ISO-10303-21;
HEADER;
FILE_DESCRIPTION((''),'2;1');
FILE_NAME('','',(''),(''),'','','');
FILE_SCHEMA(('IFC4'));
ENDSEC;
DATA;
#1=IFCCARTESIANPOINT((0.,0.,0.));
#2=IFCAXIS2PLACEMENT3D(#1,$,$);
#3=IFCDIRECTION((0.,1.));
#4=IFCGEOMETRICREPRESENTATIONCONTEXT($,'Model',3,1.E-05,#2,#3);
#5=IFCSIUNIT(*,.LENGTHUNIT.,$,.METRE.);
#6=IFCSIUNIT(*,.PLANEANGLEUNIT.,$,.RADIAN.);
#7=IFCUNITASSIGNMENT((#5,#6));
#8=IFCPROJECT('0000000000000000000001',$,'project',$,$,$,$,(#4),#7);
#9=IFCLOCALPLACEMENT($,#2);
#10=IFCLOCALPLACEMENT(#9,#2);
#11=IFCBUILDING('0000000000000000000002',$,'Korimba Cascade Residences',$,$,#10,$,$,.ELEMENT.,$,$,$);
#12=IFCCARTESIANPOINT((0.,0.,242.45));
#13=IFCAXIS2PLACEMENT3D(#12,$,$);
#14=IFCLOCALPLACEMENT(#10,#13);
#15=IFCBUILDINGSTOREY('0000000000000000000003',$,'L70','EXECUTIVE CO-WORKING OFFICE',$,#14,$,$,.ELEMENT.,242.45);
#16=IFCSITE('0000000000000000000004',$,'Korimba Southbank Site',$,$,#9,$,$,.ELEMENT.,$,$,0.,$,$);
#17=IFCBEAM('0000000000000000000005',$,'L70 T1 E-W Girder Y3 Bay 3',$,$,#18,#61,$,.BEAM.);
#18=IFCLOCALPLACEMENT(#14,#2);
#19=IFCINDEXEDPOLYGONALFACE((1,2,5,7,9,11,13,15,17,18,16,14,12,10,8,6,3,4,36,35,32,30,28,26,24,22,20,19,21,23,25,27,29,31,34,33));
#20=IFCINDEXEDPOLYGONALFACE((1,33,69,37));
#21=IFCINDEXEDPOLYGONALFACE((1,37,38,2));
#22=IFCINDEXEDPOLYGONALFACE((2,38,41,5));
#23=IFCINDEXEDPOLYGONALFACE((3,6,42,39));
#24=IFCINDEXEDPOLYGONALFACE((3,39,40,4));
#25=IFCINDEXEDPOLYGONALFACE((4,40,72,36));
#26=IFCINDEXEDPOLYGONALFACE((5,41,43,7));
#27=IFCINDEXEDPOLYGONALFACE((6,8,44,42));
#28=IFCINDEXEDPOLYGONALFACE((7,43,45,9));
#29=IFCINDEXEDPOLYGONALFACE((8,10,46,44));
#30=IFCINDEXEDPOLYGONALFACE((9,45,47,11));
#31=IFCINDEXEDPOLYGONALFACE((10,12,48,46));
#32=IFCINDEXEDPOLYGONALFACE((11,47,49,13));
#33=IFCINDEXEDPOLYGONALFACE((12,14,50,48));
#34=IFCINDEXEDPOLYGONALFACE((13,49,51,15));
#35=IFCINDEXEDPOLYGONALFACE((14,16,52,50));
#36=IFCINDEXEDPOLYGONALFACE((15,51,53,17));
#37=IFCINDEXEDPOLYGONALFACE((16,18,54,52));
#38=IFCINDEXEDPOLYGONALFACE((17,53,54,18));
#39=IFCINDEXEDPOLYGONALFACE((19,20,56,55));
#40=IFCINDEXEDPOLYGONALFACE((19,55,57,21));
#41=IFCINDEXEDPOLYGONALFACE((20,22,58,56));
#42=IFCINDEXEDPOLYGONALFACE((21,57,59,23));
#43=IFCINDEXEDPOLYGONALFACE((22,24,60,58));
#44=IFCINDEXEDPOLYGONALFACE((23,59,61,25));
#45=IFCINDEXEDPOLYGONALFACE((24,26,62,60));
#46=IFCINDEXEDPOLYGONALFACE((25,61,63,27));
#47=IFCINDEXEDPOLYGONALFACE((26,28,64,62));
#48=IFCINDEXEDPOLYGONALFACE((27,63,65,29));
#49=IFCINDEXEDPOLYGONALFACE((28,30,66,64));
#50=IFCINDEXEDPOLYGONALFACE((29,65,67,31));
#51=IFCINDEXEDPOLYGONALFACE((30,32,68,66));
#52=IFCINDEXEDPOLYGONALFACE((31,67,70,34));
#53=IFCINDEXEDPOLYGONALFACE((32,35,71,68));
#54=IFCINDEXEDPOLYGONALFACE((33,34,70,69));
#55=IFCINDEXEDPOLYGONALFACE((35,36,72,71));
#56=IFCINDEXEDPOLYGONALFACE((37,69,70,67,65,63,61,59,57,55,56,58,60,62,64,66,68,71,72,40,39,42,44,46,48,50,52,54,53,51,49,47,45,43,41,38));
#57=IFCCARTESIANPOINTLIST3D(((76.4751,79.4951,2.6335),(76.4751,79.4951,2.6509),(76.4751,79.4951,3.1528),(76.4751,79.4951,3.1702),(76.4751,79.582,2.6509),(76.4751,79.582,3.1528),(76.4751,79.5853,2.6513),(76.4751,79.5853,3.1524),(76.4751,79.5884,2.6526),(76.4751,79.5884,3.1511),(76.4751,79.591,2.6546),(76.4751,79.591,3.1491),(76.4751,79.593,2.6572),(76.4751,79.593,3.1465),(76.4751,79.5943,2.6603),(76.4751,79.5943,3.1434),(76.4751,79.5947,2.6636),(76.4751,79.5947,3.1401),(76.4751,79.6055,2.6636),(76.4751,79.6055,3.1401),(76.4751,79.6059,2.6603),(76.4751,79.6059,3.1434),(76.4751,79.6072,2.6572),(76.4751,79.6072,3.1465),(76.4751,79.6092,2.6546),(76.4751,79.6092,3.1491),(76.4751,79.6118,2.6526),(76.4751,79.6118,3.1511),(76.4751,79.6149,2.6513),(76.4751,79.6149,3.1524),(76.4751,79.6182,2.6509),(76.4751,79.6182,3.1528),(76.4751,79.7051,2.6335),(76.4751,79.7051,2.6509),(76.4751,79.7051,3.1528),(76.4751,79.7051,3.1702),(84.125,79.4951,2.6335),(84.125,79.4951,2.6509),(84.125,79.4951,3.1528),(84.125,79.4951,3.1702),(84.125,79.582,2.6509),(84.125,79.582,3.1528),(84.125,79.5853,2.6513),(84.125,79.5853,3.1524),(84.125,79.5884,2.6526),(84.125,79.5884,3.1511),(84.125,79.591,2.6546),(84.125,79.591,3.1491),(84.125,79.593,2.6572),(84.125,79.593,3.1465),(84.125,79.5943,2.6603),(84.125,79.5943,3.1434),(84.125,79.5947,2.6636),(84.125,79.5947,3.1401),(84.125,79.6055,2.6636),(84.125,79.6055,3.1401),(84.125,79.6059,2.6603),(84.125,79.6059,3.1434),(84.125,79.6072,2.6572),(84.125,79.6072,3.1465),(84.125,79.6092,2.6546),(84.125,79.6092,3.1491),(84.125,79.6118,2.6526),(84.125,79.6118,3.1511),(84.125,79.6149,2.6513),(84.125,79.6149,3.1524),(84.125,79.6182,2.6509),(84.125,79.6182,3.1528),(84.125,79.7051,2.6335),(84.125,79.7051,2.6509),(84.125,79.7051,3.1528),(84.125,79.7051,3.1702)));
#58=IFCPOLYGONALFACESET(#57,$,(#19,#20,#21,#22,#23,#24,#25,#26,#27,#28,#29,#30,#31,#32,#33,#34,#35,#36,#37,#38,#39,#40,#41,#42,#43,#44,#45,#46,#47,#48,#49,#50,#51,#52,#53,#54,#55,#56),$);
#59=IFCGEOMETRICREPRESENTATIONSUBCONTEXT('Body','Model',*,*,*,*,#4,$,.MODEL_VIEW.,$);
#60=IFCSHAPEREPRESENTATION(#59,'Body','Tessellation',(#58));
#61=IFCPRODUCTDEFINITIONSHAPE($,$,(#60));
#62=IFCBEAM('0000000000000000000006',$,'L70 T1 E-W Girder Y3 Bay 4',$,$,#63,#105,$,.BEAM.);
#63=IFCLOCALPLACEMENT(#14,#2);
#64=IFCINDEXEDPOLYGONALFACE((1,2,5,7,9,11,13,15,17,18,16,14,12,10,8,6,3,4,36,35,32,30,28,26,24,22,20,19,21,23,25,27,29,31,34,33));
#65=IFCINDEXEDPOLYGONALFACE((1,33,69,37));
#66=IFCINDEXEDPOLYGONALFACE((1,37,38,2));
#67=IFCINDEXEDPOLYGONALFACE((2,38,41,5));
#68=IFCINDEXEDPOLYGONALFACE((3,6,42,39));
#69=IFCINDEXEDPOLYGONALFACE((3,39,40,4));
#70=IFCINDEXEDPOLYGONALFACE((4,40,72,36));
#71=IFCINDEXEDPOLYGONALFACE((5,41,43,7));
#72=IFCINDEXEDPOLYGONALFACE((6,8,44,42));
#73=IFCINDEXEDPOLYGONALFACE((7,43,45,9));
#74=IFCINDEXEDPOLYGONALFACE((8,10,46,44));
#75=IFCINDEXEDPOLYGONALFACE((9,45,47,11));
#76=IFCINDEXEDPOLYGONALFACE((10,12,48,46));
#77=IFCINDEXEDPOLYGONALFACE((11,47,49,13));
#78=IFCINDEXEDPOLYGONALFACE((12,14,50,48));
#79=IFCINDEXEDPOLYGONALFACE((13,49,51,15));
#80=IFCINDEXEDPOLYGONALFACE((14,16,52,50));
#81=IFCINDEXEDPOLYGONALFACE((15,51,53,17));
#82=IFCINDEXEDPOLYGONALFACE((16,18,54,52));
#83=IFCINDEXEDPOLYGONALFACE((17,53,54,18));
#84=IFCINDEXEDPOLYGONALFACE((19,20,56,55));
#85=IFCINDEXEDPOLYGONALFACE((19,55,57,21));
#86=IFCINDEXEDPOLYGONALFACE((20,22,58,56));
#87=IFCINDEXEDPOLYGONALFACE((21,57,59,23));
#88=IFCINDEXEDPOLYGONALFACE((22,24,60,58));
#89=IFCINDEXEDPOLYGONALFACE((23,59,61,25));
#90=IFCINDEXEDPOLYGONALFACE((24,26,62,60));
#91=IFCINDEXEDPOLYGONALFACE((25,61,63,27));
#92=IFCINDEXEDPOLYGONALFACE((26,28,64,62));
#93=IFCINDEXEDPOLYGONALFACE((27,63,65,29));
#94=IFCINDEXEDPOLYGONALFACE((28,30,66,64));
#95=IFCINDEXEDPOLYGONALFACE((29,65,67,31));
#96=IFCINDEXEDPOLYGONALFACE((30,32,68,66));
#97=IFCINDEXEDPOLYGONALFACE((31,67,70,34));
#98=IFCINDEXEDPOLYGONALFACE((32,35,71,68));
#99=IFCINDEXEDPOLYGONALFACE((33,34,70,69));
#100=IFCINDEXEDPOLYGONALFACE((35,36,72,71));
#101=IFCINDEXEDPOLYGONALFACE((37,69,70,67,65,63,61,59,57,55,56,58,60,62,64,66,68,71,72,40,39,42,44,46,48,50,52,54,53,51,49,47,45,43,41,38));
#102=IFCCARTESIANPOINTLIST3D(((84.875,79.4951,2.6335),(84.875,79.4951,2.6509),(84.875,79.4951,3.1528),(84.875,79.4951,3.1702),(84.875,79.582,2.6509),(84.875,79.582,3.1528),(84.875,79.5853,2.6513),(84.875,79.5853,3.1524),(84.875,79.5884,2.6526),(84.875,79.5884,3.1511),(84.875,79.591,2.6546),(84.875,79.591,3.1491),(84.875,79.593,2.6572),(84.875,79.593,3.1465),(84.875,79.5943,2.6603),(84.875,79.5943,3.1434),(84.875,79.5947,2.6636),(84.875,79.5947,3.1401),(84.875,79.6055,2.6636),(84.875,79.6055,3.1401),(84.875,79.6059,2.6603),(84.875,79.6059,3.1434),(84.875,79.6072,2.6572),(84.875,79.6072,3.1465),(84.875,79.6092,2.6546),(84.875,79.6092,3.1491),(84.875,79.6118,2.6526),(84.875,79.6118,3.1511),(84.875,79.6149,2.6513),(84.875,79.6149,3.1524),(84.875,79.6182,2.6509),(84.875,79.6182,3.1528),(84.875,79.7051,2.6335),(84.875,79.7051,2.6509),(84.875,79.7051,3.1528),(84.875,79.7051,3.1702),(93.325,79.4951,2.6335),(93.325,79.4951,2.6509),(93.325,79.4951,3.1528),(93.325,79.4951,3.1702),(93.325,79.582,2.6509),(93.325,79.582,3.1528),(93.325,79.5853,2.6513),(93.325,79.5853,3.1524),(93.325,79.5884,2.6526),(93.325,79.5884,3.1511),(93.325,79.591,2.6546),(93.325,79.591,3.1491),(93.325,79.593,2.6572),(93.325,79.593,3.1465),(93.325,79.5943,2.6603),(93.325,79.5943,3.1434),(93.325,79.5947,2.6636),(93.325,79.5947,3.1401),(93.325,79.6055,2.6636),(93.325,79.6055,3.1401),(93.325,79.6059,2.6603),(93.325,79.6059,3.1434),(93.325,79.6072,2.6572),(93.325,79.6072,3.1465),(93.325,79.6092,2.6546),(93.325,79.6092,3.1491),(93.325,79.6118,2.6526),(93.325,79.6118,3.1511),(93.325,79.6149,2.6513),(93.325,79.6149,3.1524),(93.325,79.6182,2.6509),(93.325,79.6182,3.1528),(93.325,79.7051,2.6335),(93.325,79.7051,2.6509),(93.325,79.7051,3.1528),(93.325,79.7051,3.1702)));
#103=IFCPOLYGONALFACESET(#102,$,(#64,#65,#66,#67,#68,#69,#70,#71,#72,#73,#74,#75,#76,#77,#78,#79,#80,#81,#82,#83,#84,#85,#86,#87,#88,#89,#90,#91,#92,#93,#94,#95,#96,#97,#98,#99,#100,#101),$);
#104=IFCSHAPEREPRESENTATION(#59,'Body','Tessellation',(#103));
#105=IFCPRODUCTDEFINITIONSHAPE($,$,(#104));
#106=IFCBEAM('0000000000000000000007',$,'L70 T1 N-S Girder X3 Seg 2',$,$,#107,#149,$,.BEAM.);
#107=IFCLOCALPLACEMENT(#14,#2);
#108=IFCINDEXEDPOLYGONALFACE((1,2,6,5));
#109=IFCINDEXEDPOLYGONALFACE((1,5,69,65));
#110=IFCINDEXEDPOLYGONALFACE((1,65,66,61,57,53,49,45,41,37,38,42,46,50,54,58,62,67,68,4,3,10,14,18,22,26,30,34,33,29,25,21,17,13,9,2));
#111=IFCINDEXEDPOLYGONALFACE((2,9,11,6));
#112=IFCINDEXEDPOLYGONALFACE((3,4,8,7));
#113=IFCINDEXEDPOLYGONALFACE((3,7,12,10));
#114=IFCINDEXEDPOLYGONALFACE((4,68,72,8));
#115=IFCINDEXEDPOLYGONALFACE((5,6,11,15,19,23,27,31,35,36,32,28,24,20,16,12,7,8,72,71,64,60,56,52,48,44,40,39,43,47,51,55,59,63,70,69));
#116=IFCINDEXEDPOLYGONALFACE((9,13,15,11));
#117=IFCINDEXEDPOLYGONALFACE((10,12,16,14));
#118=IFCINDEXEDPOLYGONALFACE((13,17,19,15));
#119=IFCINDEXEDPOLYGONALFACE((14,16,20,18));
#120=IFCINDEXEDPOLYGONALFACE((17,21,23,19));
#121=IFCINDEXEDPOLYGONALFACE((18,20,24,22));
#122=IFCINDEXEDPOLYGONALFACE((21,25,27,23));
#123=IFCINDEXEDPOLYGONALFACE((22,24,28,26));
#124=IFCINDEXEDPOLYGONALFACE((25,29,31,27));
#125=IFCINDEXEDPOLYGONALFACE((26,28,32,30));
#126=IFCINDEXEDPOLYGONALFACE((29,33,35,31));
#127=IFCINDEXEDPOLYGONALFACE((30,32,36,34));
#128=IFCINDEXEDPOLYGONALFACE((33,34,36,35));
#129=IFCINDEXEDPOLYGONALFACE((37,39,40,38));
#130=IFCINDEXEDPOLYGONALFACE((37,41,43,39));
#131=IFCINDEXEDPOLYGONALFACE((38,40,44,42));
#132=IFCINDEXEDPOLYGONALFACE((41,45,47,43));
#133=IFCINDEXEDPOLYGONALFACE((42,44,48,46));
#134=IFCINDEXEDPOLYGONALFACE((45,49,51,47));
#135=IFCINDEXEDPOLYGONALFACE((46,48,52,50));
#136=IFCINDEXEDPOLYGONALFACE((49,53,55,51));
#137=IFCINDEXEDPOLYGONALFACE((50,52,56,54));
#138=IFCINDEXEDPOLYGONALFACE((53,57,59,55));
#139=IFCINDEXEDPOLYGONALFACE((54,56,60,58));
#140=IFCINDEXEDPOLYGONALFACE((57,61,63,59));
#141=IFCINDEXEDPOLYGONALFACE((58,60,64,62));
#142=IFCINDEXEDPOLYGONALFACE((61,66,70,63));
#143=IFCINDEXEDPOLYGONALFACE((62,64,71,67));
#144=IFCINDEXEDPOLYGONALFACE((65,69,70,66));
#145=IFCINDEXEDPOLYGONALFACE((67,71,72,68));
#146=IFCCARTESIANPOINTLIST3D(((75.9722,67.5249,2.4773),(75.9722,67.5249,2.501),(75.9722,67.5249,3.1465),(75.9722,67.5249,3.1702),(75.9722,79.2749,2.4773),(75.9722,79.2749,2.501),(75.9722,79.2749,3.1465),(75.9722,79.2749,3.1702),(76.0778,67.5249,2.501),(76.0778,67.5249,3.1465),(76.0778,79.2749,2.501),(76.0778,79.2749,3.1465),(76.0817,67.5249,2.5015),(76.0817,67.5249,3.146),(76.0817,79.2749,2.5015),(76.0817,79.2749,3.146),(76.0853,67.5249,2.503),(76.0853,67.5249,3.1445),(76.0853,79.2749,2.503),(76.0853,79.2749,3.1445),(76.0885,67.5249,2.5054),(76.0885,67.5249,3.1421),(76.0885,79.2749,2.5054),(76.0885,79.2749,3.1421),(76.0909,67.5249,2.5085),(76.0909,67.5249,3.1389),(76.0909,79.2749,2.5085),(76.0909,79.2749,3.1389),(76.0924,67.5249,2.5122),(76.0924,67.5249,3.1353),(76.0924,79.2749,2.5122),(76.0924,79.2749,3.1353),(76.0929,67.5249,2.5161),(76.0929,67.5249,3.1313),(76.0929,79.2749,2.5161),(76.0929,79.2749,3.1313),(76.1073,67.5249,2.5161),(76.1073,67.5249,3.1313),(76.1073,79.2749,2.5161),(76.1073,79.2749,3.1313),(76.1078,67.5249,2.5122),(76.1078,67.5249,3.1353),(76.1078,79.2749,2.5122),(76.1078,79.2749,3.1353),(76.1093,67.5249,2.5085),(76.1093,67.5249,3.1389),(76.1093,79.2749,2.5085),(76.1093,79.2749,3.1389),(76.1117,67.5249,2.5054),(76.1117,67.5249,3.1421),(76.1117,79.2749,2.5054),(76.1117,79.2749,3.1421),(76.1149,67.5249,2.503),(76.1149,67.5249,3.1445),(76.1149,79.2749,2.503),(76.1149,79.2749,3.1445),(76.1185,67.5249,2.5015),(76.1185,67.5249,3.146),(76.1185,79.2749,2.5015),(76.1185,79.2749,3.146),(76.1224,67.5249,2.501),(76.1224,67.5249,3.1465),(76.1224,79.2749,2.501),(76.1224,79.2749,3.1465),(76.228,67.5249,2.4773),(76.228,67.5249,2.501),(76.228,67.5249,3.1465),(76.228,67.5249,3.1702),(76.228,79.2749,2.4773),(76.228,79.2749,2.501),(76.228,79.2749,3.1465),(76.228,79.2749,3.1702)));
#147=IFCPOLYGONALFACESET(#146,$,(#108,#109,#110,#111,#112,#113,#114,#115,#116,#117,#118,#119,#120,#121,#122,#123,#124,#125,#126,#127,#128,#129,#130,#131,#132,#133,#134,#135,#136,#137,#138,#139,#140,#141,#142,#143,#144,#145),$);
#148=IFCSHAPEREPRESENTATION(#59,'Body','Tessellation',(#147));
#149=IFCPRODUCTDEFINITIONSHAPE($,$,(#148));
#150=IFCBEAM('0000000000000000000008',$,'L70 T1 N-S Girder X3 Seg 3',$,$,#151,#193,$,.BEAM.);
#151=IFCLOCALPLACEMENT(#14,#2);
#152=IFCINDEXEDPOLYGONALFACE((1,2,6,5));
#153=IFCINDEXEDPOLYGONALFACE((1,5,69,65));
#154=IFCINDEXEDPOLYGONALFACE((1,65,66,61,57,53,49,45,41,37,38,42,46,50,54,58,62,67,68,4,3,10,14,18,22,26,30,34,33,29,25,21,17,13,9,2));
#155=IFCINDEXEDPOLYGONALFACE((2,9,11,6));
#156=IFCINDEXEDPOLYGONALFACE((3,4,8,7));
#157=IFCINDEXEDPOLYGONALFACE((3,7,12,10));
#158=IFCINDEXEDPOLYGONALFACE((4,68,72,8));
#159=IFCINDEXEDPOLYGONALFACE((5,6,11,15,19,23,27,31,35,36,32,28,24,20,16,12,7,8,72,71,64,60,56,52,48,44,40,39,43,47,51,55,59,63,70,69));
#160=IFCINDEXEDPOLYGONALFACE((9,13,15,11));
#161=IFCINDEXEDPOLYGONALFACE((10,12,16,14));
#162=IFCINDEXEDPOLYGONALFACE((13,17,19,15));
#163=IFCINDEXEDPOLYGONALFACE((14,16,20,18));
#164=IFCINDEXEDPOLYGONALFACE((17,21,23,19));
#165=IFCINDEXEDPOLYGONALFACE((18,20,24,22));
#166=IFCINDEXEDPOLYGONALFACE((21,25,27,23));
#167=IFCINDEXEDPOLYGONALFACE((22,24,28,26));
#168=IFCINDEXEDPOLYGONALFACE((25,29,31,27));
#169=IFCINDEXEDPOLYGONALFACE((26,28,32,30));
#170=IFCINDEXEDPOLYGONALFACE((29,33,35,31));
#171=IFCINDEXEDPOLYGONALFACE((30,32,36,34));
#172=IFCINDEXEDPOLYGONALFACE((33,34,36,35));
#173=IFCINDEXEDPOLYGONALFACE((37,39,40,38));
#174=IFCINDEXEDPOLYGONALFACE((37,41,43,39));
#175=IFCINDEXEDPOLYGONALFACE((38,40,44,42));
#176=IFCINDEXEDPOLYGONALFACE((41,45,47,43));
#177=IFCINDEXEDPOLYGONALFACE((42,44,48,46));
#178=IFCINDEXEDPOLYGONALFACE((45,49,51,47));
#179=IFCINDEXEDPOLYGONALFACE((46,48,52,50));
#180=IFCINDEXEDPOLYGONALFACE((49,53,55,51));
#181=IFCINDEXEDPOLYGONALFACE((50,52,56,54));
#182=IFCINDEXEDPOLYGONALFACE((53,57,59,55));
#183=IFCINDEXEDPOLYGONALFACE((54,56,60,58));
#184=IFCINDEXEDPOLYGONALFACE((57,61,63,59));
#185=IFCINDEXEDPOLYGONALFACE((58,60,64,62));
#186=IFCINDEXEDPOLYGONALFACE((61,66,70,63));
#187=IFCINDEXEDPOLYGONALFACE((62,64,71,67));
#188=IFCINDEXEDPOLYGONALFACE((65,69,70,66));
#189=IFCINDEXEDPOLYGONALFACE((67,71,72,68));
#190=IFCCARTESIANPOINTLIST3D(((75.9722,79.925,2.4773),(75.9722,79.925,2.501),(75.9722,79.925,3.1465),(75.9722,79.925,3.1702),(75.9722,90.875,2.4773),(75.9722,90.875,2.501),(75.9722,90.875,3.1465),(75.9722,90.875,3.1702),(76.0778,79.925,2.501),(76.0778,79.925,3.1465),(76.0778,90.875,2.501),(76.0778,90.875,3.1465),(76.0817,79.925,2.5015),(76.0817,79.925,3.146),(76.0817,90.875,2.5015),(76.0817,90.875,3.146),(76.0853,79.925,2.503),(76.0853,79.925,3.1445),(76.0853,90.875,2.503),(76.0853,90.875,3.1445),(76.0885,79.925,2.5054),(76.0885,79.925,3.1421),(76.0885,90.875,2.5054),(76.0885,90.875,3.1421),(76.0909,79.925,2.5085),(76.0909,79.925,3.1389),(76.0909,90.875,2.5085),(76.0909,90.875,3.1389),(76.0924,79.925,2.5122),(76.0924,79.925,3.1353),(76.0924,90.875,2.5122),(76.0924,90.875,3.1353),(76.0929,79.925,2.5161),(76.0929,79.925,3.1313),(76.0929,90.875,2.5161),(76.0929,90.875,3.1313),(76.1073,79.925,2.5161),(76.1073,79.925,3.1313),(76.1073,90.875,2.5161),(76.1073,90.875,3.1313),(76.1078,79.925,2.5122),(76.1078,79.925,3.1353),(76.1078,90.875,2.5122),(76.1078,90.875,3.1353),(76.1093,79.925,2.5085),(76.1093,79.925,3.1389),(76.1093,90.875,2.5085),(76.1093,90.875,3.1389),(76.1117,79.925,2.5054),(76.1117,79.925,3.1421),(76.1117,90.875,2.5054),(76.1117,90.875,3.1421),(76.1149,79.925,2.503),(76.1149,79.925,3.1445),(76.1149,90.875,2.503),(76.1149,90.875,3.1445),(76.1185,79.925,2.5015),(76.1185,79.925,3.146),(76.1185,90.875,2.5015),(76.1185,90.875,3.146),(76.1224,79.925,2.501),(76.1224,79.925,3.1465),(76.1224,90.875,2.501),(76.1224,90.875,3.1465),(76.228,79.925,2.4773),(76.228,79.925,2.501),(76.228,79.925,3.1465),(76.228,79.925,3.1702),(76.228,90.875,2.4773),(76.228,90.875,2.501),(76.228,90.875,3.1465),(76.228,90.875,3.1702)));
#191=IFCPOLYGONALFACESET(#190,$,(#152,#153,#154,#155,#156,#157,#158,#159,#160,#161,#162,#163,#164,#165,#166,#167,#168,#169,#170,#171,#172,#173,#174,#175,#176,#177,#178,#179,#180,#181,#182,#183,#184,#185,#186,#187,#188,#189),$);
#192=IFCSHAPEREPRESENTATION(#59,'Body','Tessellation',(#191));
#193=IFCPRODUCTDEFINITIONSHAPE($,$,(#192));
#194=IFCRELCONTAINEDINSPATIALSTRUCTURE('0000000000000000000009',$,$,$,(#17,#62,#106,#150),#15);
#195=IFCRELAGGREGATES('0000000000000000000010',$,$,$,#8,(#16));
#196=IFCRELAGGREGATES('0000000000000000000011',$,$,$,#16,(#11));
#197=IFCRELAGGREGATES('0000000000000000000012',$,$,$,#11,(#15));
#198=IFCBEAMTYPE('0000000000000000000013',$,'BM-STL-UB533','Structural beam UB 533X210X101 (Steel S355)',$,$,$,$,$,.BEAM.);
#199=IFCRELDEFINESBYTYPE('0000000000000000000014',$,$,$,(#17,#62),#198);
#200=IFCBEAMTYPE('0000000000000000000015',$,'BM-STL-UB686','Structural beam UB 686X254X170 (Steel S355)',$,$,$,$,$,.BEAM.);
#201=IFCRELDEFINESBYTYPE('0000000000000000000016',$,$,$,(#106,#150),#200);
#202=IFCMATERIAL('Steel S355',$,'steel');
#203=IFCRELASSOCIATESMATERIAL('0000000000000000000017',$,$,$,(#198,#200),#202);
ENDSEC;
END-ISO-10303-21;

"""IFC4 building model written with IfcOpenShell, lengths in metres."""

from ifc_helpers import new_model, si_unit, direction, frame, origin, origin_2d, place, context, subcontext, project, spatial, i_section, extrude, material, material_profile, profile_set, type_object, element, save


model = new_model("IFC4")

# Units and contexts
model_context = context("Model", 3, precision=1e-05, world=origin(), true_north=direction((0.0, 1.0)))
body_context = subcontext(model_context, "Body", "Model", "MODEL_VIEW")
ifc_project = project(units=[si_unit("LENGTHUNIT", "METRE"), si_unit("PLANEANGLEUNIT", "RADIAN")], contexts=[model_context])

# Site, building, storey
site_placement = place(None, origin())
site = spatial("IfcSite", under=ifc_project, at=site_placement, Name="Korimba Southbank Site", CompositionType="ELEMENT", RefElevation=0.0)
building_placement = place(site_placement, origin())
building = spatial("IfcBuilding", under=site, at=building_placement, Name="Korimba Cascade Residences", CompositionType="ELEMENT")
storey_placement = place(building_placement, frame((0.0, 0.0, 242.45)))
storey = spatial("IfcBuildingStorey", under=building, at=storey_placement, Name="L70", Description="EXECUTIVE CO-WORKING OFFICE", CompositionType="ELEMENT", Elevation=242.45)

# Beams
ifc_material_1 = material(Name="Steel S355", Category="steel")
ifc_material_profile_1 = material_profile(ifc_material_1, i_section(OverallWidth=0.21, OverallDepth=0.5366, WebThickness=0.0107, FlangeThickness=0.0173, FilletRadius=0.0127, at=origin_2d()), Name="Steel S355")
ifc_profile_set_1 = profile_set([ifc_material_profile_1], Name="Steel S355")
beam_type_1 = type_object("IfcBeamType", Name="BM-STL-UB533", Description="Structural beam UB 533X210X101 (Steel S355)", PredefinedType="BEAM", material=ifc_profile_set_1)
beam_1_placement = place(storey_placement, frame((76.4751, 79.6001, 2.9019), z_axis=(1.0, 0.0, 0.0), x_axis=(0.0, 1.0, 0.0)))
element("IfcBeam", 1, at=beam_1_placement, inside=storey, type_object=beam_type_1, Name="L70 T1 E-W Girder Y3 Bay 3", PredefinedType="BEAM", context=body_context, shape_type="SweptSolid", body=[
    extrude(i_section(OverallWidth=0.21, OverallDepth=0.5366, WebThickness=0.0107, FlangeThickness=0.0173, FilletRadius=0.0127, at=origin_2d()), origin(), (0.0, 0.0, 1.0), 7.6499),
])
beam_2_placement = place(storey_placement, frame((84.875, 79.6001, 2.9019), z_axis=(1.0, 0.0, 0.0), x_axis=(0.0, 1.0, 0.0)))
element("IfcBeam", 2, at=beam_2_placement, inside=storey, type_object=beam_type_1, Name="L70 T1 E-W Girder Y3 Bay 4", PredefinedType="BEAM", context=body_context, shape_type="SweptSolid", body=[
    extrude(i_section(OverallWidth=0.21, OverallDepth=0.5366, WebThickness=0.0107, FlangeThickness=0.0173, FilletRadius=0.0127, at=origin_2d()), origin(), (0.0, 0.0, 1.0), 8.45),
])
ifc_material_profile_2 = material_profile(ifc_material_1, i_section(OverallWidth=0.2559, OverallDepth=0.6929, WebThickness=0.0144, FlangeThickness=0.0237, FilletRadius=0.0151, at=origin_2d()), Name="Steel S355")
ifc_profile_set_2 = profile_set([ifc_material_profile_2], Name="Steel S355")
beam_type_2 = type_object("IfcBeamType", Name="BM-STL-UB686", Description="Structural beam UB 686X254X170 (Steel S355)", PredefinedType="BEAM", material=ifc_profile_set_2)
beam_3_placement = place(storey_placement, frame((76.1001, 67.5249, 2.8237), z_axis=(0.0, 1.0, 0.0), x_axis=(-1.0, 0.0, 0.0)))
element("IfcBeam", 3, at=beam_3_placement, inside=storey, type_object=beam_type_2, Name="L70 T1 N-S Girder X3 Seg 2", PredefinedType="BEAM", context=body_context, shape_type="SweptSolid", body=[
    extrude(i_section(OverallWidth=0.2559, OverallDepth=0.6929, WebThickness=0.0144, FlangeThickness=0.0237, FilletRadius=0.0151, at=origin_2d()), origin(), (0.0, 0.0, 1.0), 11.75),
])
beam_4_placement = place(storey_placement, frame((76.1001, 79.925, 2.8237), z_axis=(0.0, 1.0, 0.0), x_axis=(-1.0, 0.0, 0.0)))
element("IfcBeam", 4, at=beam_4_placement, inside=storey, type_object=beam_type_2, Name="L70 T1 N-S Girder X3 Seg 3", PredefinedType="BEAM", context=body_context, shape_type="SweptSolid", body=[
    extrude(i_section(OverallWidth=0.2559, OverallDepth=0.6929, WebThickness=0.0144, FlangeThickness=0.0237, FilletRadius=0.0151, at=origin_2d()), origin(), (0.0, 0.0, 1.0), 10.95),
])

save(model, "model.ifc")
